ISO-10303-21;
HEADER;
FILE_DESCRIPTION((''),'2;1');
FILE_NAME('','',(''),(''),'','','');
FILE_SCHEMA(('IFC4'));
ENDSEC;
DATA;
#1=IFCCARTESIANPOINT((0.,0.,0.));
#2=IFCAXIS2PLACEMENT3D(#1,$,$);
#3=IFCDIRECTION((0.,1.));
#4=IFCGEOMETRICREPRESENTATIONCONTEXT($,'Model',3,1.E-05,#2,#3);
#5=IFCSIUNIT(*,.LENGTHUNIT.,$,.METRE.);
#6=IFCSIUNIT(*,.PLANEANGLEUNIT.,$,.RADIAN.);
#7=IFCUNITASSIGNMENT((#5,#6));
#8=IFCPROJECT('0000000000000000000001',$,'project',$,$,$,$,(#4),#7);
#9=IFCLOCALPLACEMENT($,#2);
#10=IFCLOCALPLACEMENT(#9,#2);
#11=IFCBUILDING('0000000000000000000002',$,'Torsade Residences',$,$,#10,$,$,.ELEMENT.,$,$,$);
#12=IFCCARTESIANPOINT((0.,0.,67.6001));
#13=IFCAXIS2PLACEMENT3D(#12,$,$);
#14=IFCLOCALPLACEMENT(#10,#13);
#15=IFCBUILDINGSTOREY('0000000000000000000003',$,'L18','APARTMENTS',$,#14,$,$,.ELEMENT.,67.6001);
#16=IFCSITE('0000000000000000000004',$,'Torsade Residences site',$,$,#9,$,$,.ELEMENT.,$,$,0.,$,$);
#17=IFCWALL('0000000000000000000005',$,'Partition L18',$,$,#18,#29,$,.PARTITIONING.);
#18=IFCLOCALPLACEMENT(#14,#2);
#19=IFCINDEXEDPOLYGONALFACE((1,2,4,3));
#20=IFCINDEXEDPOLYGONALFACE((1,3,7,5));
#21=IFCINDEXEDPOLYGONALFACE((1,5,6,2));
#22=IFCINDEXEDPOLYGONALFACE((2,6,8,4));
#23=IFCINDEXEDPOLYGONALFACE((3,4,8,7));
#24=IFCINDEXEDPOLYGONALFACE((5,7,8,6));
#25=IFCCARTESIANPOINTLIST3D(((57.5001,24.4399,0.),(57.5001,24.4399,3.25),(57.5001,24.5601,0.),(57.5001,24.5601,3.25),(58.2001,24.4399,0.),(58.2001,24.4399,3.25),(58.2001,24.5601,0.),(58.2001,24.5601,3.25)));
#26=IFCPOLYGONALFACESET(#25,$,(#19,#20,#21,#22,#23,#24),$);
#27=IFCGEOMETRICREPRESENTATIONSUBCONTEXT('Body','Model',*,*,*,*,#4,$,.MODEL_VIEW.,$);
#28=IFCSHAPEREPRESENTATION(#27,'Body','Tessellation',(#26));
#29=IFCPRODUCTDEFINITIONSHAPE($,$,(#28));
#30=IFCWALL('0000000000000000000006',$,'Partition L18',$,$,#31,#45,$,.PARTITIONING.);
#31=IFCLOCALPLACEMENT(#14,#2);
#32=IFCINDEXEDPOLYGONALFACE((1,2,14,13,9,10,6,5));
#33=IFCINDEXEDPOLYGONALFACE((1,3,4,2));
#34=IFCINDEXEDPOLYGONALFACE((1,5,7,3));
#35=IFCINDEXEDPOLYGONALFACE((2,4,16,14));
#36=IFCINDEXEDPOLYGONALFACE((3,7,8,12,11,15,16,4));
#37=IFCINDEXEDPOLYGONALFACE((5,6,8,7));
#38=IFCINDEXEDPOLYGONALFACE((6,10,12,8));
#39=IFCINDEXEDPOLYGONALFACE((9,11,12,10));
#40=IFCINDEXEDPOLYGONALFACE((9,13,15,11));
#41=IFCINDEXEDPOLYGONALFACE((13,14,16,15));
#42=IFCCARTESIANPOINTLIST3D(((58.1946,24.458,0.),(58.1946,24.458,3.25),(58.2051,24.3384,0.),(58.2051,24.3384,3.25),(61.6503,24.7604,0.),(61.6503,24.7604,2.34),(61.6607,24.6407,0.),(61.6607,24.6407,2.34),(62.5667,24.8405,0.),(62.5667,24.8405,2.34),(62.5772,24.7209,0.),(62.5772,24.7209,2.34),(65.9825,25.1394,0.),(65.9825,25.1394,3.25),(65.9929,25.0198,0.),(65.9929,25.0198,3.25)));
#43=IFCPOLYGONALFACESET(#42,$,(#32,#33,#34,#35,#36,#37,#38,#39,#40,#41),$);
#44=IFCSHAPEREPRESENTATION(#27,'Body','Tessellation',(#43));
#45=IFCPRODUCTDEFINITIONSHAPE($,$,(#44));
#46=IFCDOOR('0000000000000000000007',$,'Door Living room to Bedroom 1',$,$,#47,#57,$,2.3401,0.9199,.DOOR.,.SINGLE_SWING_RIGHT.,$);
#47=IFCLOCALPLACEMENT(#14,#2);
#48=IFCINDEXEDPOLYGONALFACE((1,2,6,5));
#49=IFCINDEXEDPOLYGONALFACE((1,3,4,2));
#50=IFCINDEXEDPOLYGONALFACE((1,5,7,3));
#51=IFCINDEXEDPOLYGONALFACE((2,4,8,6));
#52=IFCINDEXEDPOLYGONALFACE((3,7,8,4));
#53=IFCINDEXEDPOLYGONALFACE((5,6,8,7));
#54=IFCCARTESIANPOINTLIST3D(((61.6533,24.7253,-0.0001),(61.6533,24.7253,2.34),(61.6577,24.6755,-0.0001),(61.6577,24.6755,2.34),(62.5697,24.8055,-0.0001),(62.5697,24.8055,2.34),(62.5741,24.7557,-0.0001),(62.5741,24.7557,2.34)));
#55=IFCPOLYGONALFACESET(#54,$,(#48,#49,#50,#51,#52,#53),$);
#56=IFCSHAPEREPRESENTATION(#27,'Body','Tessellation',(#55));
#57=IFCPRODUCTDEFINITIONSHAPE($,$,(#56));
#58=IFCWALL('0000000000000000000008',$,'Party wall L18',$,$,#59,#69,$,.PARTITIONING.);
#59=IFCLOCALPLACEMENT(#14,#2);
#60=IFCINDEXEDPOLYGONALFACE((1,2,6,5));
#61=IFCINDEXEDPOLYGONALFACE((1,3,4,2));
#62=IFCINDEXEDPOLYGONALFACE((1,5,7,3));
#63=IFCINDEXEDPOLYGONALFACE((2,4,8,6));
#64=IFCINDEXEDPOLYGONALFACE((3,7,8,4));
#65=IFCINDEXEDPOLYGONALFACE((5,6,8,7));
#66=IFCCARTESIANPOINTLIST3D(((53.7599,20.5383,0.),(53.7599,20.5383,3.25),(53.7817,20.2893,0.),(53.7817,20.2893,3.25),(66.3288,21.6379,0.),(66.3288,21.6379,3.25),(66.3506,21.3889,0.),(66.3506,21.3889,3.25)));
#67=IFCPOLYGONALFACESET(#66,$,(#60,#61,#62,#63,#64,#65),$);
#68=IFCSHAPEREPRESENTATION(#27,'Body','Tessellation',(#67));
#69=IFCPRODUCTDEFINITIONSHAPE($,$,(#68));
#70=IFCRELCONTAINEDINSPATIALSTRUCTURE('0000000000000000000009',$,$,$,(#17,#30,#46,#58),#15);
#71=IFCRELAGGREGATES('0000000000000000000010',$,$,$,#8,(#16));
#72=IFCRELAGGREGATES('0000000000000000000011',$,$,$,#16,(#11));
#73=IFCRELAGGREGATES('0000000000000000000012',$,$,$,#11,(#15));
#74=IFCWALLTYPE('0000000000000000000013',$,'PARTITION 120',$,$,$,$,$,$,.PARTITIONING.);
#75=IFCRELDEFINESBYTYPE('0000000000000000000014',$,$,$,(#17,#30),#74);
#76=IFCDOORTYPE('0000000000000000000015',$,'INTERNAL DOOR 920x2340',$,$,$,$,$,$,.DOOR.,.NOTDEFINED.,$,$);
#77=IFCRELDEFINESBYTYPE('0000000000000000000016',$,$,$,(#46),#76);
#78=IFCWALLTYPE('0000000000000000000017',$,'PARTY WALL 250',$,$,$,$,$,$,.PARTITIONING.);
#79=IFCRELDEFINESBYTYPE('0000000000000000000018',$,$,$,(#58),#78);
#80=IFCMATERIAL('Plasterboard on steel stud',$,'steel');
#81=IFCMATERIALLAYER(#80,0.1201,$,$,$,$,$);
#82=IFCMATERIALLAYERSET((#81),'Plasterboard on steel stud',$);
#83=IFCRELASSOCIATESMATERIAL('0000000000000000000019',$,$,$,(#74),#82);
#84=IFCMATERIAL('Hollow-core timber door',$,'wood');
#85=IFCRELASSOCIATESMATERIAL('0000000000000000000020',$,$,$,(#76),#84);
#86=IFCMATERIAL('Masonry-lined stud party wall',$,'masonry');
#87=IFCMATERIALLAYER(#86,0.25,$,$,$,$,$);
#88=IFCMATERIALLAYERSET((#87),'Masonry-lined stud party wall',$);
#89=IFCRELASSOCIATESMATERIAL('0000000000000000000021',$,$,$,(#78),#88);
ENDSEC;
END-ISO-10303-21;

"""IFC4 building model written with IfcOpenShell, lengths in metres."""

from ifc_helpers import new_model, si_unit, direction, frame, frame_2d, origin, place, context, subcontext, project, spatial, rectangle, extrude, material, layer, layer_set, type_object, element, fill, save


model = new_model("IFC4")

# Units and contexts
model_context = context("Model", 3, precision=1e-05, world=origin(), true_north=direction((0.0, 1.0)))
body_context = subcontext(model_context, "Body", "Model", "MODEL_VIEW")
ifc_project = project(units=[si_unit("LENGTHUNIT", "METRE"), si_unit("PLANEANGLEUNIT", "RADIAN")], contexts=[model_context])

# Site, building, storey
site_placement = place(None, origin())
site = spatial("IfcSite", under=ifc_project, at=site_placement, Name="Torsade Residences site", CompositionType="ELEMENT", RefElevation=0.0)
building_placement = place(site_placement, origin())
building = spatial("IfcBuilding", under=site, at=building_placement, Name="Torsade Residences", CompositionType="ELEMENT")
storey_placement = place(building_placement, frame((0.0, 0.0, 67.6001)))
storey = spatial("IfcBuildingStorey", under=building, at=storey_placement, Name="L18", Description="APARTMENTS", CompositionType="ELEMENT", Elevation=67.6001)

# Shared definitions
ifc_material_1 = material(Name="Plasterboard on steel stud", Category="steel")
ifc_layer_1 = layer(ifc_material_1, 0.1201)
ifc_layer_set_1 = layer_set([ifc_layer_1], Name="Plasterboard on steel stud")
wall_type_1 = type_object("IfcWallType", Name="PARTITION 120", PredefinedType="PARTITIONING", material=ifc_layer_set_1)
ifc_material_2 = material(Name="Hollow-core timber door", Category="wood")
door_type = type_object("IfcDoorType", Name="INTERNAL DOOR 920x2340", OperationType="NOTDEFINED", PredefinedType="DOOR", material=ifc_material_2)

# Wall
wall_1_placement = place(storey_placement, frame((57.5, 24.5, 0.0), z_axis=(0.0, 0.0, 1.0), x_axis=(1.0, 0.0, 0.0)))
element("IfcWall", 1, at=wall_1_placement, inside=storey, type_object=wall_type_1, Name="Partition L18", PredefinedType="PARTITIONING", context=body_context, shape_type="SweptSolid", body=[
    extrude(rectangle(XDim=0.7, YDim=0.1201, at=frame_2d((0.3501, 0.0))), origin(), (0.0, 0.0, 1.0), 3.25),
])

# Wall, opening, door
wall_2_placement = place(storey_placement, frame((58.2, 24.3982, 0.0), z_axis=(0.0, 0.0, 1.0), x_axis=(0.996194, 0.087162, 0.0)))
wall_2 = element("IfcWall", 2, at=wall_2_placement, inside=storey, type_object=wall_type_1, Name="Partition L18", PredefinedType="PARTITIONING", context=body_context, shape_type="SweptSolid", body=[
    extrude(rectangle(XDim=7.8176, YDim=0.1201, at=frame_2d((3.9087, 0.0))), origin(), (0.0, 0.0, 1.0), 3.25),
])
opening_1_placement = place(wall_2_placement, frame((3.4688, 0.0, 0.0)))
opening_1 = element("IfcOpeningElement", 3, at=opening_1_placement, cuts=wall_2, PredefinedType="OPENING", context=body_context, shape_type="SweptSolid", body=[
    extrude(rectangle(XDim=0.9199, YDim=2.3401, at=frame_2d((0.46, 1.1699))), frame((0.0, 0.0701, 0.0), z_axis=(0.0, -1.0, 0.0), x_axis=(1.0, 0.0, 0.0)), (0.0, 0.0, 1.0), 0.1401),
])
door_1_placement = place(opening_1_placement, origin())
door_1 = element("IfcDoor", 4, at=door_1_placement, inside=storey, type_object=door_type, Name="Door Living room to Bedroom 1", OperationType="SINGLE_SWING_RIGHT", OverallHeight=2.3401, OverallWidth=0.9199, PredefinedType="DOOR", context=body_context, shape_type="SweptSolid", body=[
    extrude(rectangle(XDim=0.9199, YDim=2.3401, at=frame_2d((0.46, 1.1699))), frame((0.0, 0.0249, 0.0), z_axis=(0.0, -1.0, 0.0), x_axis=(1.0, 0.0, 0.0)), (0.0, 0.0, 1.0), 0.05),
])
fill(opening_1, door_1)

# Wall
ifc_material_3 = material(Name="Masonry-lined stud party wall", Category="masonry")
ifc_layer_2 = layer(ifc_material_3, 0.25)
ifc_layer_set_2 = layer_set([ifc_layer_2], Name="Masonry-lined stud party wall")
wall_type_2 = type_object("IfcWallType", Name="PARTY WALL 250", PredefinedType="PARTITIONING", material=ifc_layer_set_2)
wall_3_placement = place(storey_placement, frame((66.3398, 21.5134, 0.0), z_axis=(0.0, 0.0, 1.0), x_axis=(-0.996195, -0.087154, 0.0)))
element("IfcWall", 5, at=wall_3_placement, inside=storey, type_object=wall_type_2, Name="Party wall L18", PredefinedType="PARTITIONING", context=body_context, shape_type="SweptSolid", body=[
    extrude(rectangle(XDim=12.6169, YDim=0.25, at=frame_2d((6.3086, 0.0))), origin(), (0.0, 0.0, 1.0), 3.25),
])

save(model, "model.ifc")
